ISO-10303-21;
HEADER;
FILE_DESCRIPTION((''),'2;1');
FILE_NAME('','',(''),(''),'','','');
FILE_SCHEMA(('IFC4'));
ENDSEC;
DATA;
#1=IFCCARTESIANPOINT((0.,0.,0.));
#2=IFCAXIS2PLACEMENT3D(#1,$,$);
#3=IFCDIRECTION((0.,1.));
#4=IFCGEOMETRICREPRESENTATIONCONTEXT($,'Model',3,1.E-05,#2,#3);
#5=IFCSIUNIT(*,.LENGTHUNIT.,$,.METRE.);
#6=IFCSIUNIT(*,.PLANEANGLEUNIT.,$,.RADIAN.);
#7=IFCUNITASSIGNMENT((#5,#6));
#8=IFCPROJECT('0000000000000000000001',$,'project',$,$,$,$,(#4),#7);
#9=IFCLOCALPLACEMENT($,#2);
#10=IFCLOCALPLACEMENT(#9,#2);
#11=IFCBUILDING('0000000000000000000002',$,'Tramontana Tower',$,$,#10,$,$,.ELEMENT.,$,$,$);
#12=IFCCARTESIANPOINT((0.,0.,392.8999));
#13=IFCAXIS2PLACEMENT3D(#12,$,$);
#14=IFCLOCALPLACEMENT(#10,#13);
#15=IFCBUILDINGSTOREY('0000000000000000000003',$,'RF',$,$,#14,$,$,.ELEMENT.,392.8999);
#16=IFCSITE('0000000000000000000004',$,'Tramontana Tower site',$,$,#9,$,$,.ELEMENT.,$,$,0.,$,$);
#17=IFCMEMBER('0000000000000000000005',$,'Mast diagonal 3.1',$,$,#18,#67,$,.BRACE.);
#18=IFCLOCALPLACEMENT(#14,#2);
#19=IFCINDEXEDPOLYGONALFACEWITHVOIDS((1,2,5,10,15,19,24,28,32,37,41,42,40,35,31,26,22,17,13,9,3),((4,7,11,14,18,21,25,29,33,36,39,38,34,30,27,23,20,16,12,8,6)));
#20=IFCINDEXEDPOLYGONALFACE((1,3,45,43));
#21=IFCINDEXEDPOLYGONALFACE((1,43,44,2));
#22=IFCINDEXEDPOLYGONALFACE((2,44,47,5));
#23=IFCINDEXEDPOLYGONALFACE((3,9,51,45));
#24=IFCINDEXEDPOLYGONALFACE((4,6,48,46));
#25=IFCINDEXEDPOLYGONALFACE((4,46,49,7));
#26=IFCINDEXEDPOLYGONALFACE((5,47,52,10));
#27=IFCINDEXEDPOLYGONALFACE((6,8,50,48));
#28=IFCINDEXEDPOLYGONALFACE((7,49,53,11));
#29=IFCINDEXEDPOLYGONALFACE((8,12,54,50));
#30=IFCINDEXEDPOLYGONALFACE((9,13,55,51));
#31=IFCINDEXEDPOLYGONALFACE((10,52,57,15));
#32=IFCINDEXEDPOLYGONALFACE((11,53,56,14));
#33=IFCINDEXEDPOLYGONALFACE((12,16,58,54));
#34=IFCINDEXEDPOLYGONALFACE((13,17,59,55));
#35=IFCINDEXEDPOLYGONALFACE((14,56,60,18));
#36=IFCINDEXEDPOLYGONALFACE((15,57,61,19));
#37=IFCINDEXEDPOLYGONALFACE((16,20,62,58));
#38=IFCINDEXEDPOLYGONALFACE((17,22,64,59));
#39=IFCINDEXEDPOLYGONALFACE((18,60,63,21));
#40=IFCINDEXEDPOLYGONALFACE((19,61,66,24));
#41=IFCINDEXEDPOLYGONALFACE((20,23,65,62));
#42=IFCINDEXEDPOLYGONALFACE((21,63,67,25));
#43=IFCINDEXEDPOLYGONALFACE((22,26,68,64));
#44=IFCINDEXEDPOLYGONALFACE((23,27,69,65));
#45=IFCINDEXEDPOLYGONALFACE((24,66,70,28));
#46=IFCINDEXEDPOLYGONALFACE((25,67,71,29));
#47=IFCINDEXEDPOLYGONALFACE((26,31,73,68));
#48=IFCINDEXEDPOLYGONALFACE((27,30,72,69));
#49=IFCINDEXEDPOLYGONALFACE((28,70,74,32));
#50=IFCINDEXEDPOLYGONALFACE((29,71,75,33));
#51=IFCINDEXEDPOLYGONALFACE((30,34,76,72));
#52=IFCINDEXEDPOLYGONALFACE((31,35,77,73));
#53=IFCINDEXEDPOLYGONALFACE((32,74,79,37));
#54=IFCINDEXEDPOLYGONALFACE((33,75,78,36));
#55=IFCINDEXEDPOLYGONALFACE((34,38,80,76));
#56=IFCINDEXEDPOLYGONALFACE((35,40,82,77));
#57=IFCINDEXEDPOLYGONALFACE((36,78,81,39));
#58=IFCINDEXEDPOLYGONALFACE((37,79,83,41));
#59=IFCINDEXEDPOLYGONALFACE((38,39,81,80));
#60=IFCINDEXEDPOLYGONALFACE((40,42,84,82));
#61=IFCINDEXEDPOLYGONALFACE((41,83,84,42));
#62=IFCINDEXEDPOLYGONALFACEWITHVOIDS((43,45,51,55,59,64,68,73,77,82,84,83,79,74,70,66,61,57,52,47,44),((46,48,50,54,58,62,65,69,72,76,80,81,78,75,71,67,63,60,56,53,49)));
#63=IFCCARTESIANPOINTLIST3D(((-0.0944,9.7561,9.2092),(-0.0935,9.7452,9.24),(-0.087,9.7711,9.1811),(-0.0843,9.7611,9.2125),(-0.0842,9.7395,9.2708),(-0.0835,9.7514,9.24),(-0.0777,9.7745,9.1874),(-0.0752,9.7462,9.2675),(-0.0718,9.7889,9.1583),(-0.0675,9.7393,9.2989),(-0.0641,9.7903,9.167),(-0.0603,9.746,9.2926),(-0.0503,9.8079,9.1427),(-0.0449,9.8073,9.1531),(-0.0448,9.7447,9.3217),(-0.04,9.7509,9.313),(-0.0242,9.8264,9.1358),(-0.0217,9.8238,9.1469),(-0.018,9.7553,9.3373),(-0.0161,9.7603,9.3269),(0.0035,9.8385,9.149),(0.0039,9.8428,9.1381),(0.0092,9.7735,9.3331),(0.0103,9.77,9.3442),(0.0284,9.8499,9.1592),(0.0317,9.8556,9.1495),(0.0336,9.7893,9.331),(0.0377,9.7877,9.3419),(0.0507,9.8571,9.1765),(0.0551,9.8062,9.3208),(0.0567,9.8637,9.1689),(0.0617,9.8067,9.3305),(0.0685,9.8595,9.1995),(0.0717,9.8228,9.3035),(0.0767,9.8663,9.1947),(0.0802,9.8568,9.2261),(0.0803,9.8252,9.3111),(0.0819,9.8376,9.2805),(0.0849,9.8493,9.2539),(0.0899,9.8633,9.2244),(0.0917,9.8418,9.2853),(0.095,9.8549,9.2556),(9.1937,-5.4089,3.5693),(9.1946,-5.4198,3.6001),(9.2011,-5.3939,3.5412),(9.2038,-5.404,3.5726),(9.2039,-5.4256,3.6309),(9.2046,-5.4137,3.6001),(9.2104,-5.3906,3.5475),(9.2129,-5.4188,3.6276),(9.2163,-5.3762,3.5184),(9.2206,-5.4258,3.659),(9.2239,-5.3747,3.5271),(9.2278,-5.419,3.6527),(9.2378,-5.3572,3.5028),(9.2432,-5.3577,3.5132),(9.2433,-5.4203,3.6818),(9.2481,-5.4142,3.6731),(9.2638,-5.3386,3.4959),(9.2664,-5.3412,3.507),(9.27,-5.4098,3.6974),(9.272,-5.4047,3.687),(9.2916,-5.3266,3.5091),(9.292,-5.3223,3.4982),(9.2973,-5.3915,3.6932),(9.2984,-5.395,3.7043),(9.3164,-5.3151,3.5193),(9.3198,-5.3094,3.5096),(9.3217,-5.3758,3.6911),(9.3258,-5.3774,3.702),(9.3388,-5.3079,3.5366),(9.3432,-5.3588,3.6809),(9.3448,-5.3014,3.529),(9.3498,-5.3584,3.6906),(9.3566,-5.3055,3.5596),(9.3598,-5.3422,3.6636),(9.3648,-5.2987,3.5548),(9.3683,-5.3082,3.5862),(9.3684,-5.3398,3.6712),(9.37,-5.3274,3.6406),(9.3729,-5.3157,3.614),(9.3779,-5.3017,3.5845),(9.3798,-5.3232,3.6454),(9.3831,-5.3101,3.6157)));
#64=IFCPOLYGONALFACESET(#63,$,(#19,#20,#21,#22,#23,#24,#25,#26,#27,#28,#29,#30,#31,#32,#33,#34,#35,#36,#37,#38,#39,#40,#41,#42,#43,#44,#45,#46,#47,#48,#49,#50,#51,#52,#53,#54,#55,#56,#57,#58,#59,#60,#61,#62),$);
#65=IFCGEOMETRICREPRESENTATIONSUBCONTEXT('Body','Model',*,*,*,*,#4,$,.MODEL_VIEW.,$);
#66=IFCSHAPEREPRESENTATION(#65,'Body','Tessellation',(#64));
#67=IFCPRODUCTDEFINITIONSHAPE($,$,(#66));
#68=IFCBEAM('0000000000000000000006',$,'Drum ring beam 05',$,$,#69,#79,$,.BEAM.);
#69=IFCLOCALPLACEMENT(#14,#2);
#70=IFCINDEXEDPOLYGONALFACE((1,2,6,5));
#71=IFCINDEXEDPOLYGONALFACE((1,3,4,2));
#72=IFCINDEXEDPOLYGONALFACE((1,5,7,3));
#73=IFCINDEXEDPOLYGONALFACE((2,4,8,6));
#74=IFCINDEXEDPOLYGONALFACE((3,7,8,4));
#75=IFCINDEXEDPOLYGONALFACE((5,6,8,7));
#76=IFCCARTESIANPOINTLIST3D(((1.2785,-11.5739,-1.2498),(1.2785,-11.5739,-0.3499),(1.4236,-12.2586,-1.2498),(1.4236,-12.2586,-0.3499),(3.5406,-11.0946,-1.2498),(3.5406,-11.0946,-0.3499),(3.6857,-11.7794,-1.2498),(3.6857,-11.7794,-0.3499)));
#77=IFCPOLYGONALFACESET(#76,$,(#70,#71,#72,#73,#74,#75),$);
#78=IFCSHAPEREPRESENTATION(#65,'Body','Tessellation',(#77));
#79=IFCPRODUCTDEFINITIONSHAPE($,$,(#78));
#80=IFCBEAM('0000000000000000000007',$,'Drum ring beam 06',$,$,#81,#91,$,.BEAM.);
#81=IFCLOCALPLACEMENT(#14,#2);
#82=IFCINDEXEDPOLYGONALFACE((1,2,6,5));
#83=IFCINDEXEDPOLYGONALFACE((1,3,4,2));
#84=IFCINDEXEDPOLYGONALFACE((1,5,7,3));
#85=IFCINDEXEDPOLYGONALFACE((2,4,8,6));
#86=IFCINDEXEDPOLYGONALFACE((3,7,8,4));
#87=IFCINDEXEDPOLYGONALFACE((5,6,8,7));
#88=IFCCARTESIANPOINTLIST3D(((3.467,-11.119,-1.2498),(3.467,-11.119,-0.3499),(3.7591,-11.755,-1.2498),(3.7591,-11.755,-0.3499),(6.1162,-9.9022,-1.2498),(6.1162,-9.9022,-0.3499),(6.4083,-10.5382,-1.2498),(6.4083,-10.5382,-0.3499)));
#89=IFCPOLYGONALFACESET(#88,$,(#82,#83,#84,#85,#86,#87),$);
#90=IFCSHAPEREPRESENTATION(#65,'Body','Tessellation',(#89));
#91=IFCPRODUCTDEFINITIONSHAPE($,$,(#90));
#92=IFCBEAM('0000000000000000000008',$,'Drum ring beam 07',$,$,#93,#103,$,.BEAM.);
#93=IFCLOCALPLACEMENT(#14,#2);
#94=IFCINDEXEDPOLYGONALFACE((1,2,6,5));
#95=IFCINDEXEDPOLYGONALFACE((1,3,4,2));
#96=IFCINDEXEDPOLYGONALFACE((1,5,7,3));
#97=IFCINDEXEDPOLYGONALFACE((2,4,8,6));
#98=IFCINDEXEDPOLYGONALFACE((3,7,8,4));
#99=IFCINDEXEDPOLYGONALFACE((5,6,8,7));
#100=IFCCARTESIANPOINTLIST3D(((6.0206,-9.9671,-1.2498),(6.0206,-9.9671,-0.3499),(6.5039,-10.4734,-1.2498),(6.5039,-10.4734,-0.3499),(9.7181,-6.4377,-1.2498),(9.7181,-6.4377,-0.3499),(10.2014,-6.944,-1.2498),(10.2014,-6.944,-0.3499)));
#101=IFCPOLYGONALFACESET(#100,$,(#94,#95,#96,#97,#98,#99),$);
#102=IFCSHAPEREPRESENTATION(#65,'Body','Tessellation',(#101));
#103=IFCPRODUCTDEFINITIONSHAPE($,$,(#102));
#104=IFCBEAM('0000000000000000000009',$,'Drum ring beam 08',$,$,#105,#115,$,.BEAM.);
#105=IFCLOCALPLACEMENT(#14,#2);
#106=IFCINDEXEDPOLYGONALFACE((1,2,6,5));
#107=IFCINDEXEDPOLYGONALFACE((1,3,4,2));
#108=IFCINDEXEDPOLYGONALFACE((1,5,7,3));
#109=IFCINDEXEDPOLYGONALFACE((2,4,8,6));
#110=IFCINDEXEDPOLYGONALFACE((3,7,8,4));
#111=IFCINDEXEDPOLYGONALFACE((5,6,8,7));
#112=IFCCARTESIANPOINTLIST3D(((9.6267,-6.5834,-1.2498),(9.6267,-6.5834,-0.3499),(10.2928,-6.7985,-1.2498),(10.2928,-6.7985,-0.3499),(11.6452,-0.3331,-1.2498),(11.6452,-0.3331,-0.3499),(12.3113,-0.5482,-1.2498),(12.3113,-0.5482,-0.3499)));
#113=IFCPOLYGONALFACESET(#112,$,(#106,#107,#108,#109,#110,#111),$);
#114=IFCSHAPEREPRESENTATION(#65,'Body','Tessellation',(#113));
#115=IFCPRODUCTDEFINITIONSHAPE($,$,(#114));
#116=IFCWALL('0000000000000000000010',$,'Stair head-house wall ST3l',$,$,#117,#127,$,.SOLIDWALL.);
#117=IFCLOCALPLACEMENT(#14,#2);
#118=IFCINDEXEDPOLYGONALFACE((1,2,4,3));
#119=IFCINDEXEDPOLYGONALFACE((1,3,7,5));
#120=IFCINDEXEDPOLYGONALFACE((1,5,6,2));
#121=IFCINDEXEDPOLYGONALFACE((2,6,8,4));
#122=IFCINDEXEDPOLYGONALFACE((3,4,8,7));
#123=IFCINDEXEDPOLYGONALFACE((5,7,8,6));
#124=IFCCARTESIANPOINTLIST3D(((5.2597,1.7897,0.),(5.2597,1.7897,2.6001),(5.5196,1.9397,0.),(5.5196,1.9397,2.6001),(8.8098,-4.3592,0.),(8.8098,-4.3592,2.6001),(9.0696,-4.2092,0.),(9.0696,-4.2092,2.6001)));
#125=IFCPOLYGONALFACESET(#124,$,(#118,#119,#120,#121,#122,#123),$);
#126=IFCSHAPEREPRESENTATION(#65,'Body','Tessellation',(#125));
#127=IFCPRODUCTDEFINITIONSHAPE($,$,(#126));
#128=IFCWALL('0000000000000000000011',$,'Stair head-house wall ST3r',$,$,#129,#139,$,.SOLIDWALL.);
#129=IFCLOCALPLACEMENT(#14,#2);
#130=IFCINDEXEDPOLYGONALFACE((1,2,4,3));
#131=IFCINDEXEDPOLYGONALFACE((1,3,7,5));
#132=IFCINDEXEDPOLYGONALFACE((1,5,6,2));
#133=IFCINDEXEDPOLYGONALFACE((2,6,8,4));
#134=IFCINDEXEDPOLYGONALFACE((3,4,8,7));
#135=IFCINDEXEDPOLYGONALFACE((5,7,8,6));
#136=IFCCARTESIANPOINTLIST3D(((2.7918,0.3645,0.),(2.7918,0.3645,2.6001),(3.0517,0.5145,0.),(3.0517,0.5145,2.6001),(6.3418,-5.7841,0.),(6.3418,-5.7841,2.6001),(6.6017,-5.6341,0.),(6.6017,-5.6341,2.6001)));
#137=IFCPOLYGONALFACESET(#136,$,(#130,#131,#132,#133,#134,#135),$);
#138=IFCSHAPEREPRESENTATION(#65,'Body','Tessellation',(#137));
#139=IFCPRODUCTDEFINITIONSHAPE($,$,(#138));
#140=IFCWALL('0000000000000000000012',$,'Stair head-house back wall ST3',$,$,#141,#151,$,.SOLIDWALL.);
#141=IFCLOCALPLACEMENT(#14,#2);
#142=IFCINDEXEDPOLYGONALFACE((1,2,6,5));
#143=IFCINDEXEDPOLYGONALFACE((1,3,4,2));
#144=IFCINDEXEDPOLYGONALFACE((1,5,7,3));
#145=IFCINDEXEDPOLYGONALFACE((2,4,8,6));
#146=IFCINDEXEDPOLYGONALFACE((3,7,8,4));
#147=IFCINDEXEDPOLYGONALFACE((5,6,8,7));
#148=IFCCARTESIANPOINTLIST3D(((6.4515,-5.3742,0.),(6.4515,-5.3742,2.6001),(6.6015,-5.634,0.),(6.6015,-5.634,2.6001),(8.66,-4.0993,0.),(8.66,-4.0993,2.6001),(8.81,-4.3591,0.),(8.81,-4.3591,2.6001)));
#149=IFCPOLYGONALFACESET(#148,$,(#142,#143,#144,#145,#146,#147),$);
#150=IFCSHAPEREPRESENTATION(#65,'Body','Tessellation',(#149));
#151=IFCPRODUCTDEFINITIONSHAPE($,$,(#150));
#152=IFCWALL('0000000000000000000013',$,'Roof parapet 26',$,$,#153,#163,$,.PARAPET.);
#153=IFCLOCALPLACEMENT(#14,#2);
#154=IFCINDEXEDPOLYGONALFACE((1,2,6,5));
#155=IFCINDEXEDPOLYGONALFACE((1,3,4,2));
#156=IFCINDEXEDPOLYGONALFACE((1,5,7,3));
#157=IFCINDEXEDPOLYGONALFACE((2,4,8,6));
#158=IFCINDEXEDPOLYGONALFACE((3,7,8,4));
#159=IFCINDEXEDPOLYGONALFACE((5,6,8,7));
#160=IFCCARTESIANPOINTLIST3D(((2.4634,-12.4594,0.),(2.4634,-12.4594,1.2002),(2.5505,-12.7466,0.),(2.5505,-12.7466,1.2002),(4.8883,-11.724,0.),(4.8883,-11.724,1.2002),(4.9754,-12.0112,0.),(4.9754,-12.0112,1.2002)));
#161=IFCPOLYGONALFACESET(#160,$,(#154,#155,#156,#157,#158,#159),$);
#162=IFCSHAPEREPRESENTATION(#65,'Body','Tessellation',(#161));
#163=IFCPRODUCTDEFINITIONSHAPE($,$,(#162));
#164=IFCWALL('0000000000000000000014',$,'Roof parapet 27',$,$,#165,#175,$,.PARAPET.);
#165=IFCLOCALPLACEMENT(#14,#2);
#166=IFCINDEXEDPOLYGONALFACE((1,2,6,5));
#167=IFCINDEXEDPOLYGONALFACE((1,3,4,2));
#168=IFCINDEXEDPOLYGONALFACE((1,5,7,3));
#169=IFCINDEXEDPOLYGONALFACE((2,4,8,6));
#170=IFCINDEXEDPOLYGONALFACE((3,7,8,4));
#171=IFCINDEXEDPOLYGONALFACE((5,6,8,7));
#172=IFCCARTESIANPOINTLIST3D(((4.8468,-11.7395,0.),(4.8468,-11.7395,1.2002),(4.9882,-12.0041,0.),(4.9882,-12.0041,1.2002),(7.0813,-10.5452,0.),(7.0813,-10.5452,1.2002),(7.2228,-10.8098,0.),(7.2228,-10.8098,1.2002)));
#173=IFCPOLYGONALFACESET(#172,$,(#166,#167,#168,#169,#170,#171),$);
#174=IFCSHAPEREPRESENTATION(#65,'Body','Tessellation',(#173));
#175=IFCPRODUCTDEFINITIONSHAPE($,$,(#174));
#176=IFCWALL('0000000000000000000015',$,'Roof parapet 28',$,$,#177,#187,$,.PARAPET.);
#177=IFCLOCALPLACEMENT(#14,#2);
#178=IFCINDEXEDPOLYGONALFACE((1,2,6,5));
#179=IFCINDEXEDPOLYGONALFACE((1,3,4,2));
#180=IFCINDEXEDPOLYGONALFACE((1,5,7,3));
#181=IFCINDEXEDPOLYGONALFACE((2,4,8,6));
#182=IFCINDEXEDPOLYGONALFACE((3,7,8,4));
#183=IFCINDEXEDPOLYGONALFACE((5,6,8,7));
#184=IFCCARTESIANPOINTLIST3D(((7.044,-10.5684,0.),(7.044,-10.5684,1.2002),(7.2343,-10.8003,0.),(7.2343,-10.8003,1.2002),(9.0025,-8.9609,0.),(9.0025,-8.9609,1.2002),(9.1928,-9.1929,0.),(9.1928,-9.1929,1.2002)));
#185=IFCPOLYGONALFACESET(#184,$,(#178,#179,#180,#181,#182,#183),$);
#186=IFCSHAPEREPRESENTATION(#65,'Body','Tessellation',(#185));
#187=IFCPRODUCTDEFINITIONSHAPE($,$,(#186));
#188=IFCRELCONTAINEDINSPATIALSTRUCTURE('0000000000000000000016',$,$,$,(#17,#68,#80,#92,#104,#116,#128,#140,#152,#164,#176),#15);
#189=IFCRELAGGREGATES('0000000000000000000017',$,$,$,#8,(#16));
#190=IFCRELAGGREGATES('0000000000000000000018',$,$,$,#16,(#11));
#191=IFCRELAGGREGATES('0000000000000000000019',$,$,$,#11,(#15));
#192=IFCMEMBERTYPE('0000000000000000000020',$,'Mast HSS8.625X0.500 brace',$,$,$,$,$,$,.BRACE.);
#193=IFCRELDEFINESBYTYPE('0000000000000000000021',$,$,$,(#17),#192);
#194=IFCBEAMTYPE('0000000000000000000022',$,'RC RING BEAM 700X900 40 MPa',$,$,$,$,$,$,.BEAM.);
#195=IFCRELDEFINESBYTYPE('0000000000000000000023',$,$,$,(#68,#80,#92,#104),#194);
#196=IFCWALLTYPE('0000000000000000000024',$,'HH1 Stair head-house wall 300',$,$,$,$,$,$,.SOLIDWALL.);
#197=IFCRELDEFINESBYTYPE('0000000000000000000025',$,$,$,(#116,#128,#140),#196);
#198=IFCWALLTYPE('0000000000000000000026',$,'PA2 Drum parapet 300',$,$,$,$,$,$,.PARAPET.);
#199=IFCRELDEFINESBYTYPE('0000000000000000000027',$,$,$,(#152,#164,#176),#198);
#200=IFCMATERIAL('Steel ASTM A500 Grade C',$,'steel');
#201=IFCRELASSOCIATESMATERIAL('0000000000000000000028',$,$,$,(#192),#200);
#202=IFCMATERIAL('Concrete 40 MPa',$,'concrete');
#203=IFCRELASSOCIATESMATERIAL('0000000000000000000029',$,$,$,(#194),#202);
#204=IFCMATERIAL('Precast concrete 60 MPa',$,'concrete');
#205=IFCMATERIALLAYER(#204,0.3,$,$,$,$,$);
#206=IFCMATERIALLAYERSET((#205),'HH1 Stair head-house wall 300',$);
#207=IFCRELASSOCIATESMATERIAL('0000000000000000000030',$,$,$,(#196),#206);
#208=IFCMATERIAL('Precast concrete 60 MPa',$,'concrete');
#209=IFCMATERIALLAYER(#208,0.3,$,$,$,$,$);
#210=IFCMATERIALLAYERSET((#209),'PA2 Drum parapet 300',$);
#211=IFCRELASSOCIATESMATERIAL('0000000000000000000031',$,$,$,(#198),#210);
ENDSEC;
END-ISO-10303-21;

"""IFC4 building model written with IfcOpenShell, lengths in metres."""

from ifc_helpers import new_model, si_unit, direction, frame, frame_2d, origin, origin_2d, place, context, subcontext, project, spatial, rectangle, hollow_circle, extrude, material, layer, layer_set, material_profile, profile_set, type_object, element, save


model = new_model("IFC4")

# Units and contexts
model_context = context("Model", 3, precision=1e-05, world=origin(), true_north=direction((0.0, 1.0)))
body_context = subcontext(model_context, "Body", "Model", "MODEL_VIEW")
ifc_project = project(units=[si_unit("LENGTHUNIT", "METRE"), si_unit("PLANEANGLEUNIT", "RADIAN")], contexts=[model_context])

# Site, building, storey
site_placement = place(None, origin())
site = spatial("IfcSite", under=ifc_project, at=site_placement, Name="Tramontana Tower site", CompositionType="ELEMENT", RefElevation=0.0)
building_placement = place(site_placement, origin())
building = spatial("IfcBuilding", under=site, at=building_placement, Name="Tramontana Tower", CompositionType="ELEMENT")
storey_placement = place(building_placement, frame((0.0, 0.0, 392.8999)))
storey = spatial("IfcBuildingStorey", under=building, at=storey_placement, Name="RF", CompositionType="ELEMENT", Elevation=392.8999)

# Member
ifc_material_1 = material(Name="Steel ASTM A500 Grade C", Category="steel")
ifc_material_profile_1 = material_profile(ifc_material_1, hollow_circle(Radius=0.1096, WallThickness=0.0117, at=origin_2d()), Name="HSS8.625X0.500")
ifc_profile_set_1 = profile_set([ifc_material_profile_1], Name="Steel ASTM A500 Grade C")
member_type_1 = type_object("IfcMemberType", Name="Mast HSS8.625X0.500 brace", PredefinedType="BRACE", material=ifc_profile_set_1)
for number, where, z_axis, x_axis, name in (
    (1, (9.2881, -5.3625, 3.6001), (-0.497854, 0.812867, 0.302306), (-0.852767, -0.522292, 0.0), "Mast diagonal 3.1"),
):
    element("IfcMember", number, at=place(storey_placement, frame(where, z_axis=z_axis, x_axis=x_axis)), inside=storey, type_object=member_type_1, Name=name, PredefinedType="BRACE", context=body_context, shape_type="SweptSolid", body=[
        extrude(hollow_circle(Radius=0.1096, WallThickness=0.0117, at=origin_2d()), origin(), (0.0, 0.0, 1.0), 18.6562),
    ])

# Beams
ifc_material_2 = material(Name="Concrete 40 MPa", Category="concrete")
ifc_material_profile_2 = material_profile(ifc_material_2, rectangle(XDim=0.7, YDim=0.8999, at=origin_2d()), Name="RC RING BEAM 700X900 40 MPa")
ifc_profile_set_2 = profile_set([ifc_material_profile_2], Name="Concrete 40 MPa")
beam_type = type_object("IfcBeamType", Name="RC RING BEAM 700X900 40 MPa", PredefinedType="BEAM", material=ifc_profile_set_2)
beam_1_placement = place(storey_placement, frame((1.3511, -11.9163, -0.7998), z_axis=(0.978283, 0.207271, 0.0), x_axis=(-0.207271, 0.978283, 0.0)))
element("IfcBeam", 2, at=beam_1_placement, inside=storey, type_object=beam_type, Name="Drum ring beam 05", PredefinedType="BEAM", context=body_context, shape_type="SweptSolid", body=[
    extrude(rectangle(XDim=0.7, YDim=0.8999, at=origin_2d()), origin(), (0.0, 0.0, 1.0), 2.3123),
])
beam_2_placement = place(storey_placement, frame((3.613, -11.437, -0.7998), z_axis=(0.908727, 0.41739, 0.0), x_axis=(-0.41739, 0.908727, 0.0)))
element("IfcBeam", 3, at=beam_2_placement, inside=storey, type_object=beam_type, Name="Drum ring beam 06", PredefinedType="BEAM", context=body_context, shape_type="SweptSolid", body=[
    extrude(rectangle(XDim=0.7, YDim=0.8999, at=origin_2d()), origin(), (0.0, 0.0, 1.0), 2.9153),
])
beam_3_placement = place(storey_placement, frame((6.2622, -10.2202, -0.7998), z_axis=(0.72337, 0.690461, 0.0), x_axis=(-0.690461, 0.72337, 0.0)))
element("IfcBeam", 4, at=beam_3_placement, inside=storey, type_object=beam_type, Name="Drum ring beam 07", PredefinedType="BEAM", context=body_context, shape_type="SweptSolid", body=[
    extrude(rectangle(XDim=0.7, YDim=0.8999, at=origin_2d()), origin(), (0.0, 0.0, 1.0), 5.1116),
])
beam_4_placement = place(storey_placement, frame((9.9597, -6.6909, -0.7998), z_axis=(0.307326, 0.951604, 0.0), x_axis=(-0.951604, 0.307326, 0.0)))
element("IfcBeam", 5, at=beam_4_placement, inside=storey, type_object=beam_type, Name="Drum ring beam 08", PredefinedType="BEAM", context=body_context, shape_type="SweptSolid", body=[
    extrude(rectangle(XDim=0.7, YDim=0.8999, at=origin_2d()), origin(), (0.0, 0.0, 1.0), 6.5681),
])

# Walls
ifc_material_3 = material(Name="Precast concrete 60 MPa", Category="concrete")
ifc_layer_1 = layer(ifc_material_3, 0.3)
ifc_layer_set_1 = layer_set([ifc_layer_1], Name="HH1 Stair head-house wall 300")
wall_type_1 = type_object("IfcWallType", Name="HH1 Stair head-house wall 300", PredefinedType="SOLIDWALL", material=ifc_layer_set_1)
wall_1_placement = place(storey_placement, frame((8.9397, -4.2842, 0.0), z_axis=(0.0, 0.0, 1.0), x_axis=(-0.499996, 0.866028, 0.0)))
element("IfcWall", 6, at=wall_1_placement, inside=storey, type_object=wall_type_1, Name="Stair head-house wall ST3l", PredefinedType="SOLIDWALL", context=body_context, shape_type="SweptSolid", body=[
    extrude(rectangle(XDim=7.1001, YDim=0.3, at=frame_2d((3.55, 0.0))), origin(), (0.0, 0.0, 1.0), 2.6001),
])
wall_2_placement = place(storey_placement, frame((6.4717, -5.709, 0.0), z_axis=(0.0, 0.0, 1.0), x_axis=(-0.500011, 0.866019, 0.0)))
element("IfcWall", 7, at=wall_2_placement, inside=storey, type_object=wall_type_1, Name="Stair head-house wall ST3r", PredefinedType="SOLIDWALL", context=body_context, shape_type="SweptSolid", body=[
    extrude(rectangle(XDim=7.0999, YDim=0.3, at=frame_2d((3.5498, 0.0))), origin(), (0.0, 0.0, 1.0), 2.6001),
])
wall_3_placement = place(storey_placement, frame((8.7349, -4.2292, 0.0), z_axis=(0.0, 0.0, 1.0), x_axis=(-0.866055, -0.499949, 0.0)))
element("IfcWall", 8, at=wall_3_placement, inside=storey, type_object=wall_type_1, Name="Stair head-house back wall ST3", PredefinedType="SOLIDWALL", context=body_context, shape_type="SweptSolid", body=[
    extrude(rectangle(XDim=2.55, YDim=0.3, at=frame_2d((1.2749, 0.0))), origin(), (0.0, 0.0, 1.0), 2.6001),
])
ifc_material_4 = material(Name="Precast concrete 60 MPa", Category="concrete")
ifc_layer_2 = layer(ifc_material_4, 0.3)
ifc_layer_set_2 = layer_set([ifc_layer_2], Name="PA2 Drum parapet 300")
wall_type_2 = type_object("IfcWallType", Name="PA2 Drum parapet 300", PredefinedType="PARAPET", material=ifc_layer_set_2)
wall_4_placement = place(storey_placement, frame((2.5068, -12.603, 0.0), z_axis=(0.0, 0.0, 1.0), x_axis=(0.956963, 0.290211, 0.0)))
element("IfcWall", 9, at=wall_4_placement, inside=storey, type_object=wall_type_2, Name="Roof parapet 26", PredefinedType="PARAPET", context=body_context, shape_type="SweptSolid", body=[
    extrude(rectangle(XDim=2.5339, YDim=0.3, at=frame_2d((1.2671, 0.0))), origin(), (0.0, 0.0, 1.0), 1.2002),
])
for number, where, z_axis, x_axis, name in (
    (10, (4.9175, -11.8718, 0.0), (0.0, 0.0, 1.0), (0.881937, 0.471368, 0.0), "Roof parapet 27"),
    (11, (7.1392, -10.6843, 0.0), (0.0, 0.0, 1.0), (0.772986, 0.634423, 0.0), "Roof parapet 28"),
):
    element("IfcWall", number, at=place(storey_placement, frame(where, z_axis=z_axis, x_axis=x_axis)), inside=storey, type_object=wall_type_2, Name=name, PredefinedType="PARAPET", context=body_context, shape_type="SweptSolid", body=[
        extrude(rectangle(XDim=2.5337, YDim=0.3, at=frame_2d((1.2668, 0.0))), origin(), (0.0, 0.0, 1.0), 1.2002),
    ])

save(model, "model.ifc")
